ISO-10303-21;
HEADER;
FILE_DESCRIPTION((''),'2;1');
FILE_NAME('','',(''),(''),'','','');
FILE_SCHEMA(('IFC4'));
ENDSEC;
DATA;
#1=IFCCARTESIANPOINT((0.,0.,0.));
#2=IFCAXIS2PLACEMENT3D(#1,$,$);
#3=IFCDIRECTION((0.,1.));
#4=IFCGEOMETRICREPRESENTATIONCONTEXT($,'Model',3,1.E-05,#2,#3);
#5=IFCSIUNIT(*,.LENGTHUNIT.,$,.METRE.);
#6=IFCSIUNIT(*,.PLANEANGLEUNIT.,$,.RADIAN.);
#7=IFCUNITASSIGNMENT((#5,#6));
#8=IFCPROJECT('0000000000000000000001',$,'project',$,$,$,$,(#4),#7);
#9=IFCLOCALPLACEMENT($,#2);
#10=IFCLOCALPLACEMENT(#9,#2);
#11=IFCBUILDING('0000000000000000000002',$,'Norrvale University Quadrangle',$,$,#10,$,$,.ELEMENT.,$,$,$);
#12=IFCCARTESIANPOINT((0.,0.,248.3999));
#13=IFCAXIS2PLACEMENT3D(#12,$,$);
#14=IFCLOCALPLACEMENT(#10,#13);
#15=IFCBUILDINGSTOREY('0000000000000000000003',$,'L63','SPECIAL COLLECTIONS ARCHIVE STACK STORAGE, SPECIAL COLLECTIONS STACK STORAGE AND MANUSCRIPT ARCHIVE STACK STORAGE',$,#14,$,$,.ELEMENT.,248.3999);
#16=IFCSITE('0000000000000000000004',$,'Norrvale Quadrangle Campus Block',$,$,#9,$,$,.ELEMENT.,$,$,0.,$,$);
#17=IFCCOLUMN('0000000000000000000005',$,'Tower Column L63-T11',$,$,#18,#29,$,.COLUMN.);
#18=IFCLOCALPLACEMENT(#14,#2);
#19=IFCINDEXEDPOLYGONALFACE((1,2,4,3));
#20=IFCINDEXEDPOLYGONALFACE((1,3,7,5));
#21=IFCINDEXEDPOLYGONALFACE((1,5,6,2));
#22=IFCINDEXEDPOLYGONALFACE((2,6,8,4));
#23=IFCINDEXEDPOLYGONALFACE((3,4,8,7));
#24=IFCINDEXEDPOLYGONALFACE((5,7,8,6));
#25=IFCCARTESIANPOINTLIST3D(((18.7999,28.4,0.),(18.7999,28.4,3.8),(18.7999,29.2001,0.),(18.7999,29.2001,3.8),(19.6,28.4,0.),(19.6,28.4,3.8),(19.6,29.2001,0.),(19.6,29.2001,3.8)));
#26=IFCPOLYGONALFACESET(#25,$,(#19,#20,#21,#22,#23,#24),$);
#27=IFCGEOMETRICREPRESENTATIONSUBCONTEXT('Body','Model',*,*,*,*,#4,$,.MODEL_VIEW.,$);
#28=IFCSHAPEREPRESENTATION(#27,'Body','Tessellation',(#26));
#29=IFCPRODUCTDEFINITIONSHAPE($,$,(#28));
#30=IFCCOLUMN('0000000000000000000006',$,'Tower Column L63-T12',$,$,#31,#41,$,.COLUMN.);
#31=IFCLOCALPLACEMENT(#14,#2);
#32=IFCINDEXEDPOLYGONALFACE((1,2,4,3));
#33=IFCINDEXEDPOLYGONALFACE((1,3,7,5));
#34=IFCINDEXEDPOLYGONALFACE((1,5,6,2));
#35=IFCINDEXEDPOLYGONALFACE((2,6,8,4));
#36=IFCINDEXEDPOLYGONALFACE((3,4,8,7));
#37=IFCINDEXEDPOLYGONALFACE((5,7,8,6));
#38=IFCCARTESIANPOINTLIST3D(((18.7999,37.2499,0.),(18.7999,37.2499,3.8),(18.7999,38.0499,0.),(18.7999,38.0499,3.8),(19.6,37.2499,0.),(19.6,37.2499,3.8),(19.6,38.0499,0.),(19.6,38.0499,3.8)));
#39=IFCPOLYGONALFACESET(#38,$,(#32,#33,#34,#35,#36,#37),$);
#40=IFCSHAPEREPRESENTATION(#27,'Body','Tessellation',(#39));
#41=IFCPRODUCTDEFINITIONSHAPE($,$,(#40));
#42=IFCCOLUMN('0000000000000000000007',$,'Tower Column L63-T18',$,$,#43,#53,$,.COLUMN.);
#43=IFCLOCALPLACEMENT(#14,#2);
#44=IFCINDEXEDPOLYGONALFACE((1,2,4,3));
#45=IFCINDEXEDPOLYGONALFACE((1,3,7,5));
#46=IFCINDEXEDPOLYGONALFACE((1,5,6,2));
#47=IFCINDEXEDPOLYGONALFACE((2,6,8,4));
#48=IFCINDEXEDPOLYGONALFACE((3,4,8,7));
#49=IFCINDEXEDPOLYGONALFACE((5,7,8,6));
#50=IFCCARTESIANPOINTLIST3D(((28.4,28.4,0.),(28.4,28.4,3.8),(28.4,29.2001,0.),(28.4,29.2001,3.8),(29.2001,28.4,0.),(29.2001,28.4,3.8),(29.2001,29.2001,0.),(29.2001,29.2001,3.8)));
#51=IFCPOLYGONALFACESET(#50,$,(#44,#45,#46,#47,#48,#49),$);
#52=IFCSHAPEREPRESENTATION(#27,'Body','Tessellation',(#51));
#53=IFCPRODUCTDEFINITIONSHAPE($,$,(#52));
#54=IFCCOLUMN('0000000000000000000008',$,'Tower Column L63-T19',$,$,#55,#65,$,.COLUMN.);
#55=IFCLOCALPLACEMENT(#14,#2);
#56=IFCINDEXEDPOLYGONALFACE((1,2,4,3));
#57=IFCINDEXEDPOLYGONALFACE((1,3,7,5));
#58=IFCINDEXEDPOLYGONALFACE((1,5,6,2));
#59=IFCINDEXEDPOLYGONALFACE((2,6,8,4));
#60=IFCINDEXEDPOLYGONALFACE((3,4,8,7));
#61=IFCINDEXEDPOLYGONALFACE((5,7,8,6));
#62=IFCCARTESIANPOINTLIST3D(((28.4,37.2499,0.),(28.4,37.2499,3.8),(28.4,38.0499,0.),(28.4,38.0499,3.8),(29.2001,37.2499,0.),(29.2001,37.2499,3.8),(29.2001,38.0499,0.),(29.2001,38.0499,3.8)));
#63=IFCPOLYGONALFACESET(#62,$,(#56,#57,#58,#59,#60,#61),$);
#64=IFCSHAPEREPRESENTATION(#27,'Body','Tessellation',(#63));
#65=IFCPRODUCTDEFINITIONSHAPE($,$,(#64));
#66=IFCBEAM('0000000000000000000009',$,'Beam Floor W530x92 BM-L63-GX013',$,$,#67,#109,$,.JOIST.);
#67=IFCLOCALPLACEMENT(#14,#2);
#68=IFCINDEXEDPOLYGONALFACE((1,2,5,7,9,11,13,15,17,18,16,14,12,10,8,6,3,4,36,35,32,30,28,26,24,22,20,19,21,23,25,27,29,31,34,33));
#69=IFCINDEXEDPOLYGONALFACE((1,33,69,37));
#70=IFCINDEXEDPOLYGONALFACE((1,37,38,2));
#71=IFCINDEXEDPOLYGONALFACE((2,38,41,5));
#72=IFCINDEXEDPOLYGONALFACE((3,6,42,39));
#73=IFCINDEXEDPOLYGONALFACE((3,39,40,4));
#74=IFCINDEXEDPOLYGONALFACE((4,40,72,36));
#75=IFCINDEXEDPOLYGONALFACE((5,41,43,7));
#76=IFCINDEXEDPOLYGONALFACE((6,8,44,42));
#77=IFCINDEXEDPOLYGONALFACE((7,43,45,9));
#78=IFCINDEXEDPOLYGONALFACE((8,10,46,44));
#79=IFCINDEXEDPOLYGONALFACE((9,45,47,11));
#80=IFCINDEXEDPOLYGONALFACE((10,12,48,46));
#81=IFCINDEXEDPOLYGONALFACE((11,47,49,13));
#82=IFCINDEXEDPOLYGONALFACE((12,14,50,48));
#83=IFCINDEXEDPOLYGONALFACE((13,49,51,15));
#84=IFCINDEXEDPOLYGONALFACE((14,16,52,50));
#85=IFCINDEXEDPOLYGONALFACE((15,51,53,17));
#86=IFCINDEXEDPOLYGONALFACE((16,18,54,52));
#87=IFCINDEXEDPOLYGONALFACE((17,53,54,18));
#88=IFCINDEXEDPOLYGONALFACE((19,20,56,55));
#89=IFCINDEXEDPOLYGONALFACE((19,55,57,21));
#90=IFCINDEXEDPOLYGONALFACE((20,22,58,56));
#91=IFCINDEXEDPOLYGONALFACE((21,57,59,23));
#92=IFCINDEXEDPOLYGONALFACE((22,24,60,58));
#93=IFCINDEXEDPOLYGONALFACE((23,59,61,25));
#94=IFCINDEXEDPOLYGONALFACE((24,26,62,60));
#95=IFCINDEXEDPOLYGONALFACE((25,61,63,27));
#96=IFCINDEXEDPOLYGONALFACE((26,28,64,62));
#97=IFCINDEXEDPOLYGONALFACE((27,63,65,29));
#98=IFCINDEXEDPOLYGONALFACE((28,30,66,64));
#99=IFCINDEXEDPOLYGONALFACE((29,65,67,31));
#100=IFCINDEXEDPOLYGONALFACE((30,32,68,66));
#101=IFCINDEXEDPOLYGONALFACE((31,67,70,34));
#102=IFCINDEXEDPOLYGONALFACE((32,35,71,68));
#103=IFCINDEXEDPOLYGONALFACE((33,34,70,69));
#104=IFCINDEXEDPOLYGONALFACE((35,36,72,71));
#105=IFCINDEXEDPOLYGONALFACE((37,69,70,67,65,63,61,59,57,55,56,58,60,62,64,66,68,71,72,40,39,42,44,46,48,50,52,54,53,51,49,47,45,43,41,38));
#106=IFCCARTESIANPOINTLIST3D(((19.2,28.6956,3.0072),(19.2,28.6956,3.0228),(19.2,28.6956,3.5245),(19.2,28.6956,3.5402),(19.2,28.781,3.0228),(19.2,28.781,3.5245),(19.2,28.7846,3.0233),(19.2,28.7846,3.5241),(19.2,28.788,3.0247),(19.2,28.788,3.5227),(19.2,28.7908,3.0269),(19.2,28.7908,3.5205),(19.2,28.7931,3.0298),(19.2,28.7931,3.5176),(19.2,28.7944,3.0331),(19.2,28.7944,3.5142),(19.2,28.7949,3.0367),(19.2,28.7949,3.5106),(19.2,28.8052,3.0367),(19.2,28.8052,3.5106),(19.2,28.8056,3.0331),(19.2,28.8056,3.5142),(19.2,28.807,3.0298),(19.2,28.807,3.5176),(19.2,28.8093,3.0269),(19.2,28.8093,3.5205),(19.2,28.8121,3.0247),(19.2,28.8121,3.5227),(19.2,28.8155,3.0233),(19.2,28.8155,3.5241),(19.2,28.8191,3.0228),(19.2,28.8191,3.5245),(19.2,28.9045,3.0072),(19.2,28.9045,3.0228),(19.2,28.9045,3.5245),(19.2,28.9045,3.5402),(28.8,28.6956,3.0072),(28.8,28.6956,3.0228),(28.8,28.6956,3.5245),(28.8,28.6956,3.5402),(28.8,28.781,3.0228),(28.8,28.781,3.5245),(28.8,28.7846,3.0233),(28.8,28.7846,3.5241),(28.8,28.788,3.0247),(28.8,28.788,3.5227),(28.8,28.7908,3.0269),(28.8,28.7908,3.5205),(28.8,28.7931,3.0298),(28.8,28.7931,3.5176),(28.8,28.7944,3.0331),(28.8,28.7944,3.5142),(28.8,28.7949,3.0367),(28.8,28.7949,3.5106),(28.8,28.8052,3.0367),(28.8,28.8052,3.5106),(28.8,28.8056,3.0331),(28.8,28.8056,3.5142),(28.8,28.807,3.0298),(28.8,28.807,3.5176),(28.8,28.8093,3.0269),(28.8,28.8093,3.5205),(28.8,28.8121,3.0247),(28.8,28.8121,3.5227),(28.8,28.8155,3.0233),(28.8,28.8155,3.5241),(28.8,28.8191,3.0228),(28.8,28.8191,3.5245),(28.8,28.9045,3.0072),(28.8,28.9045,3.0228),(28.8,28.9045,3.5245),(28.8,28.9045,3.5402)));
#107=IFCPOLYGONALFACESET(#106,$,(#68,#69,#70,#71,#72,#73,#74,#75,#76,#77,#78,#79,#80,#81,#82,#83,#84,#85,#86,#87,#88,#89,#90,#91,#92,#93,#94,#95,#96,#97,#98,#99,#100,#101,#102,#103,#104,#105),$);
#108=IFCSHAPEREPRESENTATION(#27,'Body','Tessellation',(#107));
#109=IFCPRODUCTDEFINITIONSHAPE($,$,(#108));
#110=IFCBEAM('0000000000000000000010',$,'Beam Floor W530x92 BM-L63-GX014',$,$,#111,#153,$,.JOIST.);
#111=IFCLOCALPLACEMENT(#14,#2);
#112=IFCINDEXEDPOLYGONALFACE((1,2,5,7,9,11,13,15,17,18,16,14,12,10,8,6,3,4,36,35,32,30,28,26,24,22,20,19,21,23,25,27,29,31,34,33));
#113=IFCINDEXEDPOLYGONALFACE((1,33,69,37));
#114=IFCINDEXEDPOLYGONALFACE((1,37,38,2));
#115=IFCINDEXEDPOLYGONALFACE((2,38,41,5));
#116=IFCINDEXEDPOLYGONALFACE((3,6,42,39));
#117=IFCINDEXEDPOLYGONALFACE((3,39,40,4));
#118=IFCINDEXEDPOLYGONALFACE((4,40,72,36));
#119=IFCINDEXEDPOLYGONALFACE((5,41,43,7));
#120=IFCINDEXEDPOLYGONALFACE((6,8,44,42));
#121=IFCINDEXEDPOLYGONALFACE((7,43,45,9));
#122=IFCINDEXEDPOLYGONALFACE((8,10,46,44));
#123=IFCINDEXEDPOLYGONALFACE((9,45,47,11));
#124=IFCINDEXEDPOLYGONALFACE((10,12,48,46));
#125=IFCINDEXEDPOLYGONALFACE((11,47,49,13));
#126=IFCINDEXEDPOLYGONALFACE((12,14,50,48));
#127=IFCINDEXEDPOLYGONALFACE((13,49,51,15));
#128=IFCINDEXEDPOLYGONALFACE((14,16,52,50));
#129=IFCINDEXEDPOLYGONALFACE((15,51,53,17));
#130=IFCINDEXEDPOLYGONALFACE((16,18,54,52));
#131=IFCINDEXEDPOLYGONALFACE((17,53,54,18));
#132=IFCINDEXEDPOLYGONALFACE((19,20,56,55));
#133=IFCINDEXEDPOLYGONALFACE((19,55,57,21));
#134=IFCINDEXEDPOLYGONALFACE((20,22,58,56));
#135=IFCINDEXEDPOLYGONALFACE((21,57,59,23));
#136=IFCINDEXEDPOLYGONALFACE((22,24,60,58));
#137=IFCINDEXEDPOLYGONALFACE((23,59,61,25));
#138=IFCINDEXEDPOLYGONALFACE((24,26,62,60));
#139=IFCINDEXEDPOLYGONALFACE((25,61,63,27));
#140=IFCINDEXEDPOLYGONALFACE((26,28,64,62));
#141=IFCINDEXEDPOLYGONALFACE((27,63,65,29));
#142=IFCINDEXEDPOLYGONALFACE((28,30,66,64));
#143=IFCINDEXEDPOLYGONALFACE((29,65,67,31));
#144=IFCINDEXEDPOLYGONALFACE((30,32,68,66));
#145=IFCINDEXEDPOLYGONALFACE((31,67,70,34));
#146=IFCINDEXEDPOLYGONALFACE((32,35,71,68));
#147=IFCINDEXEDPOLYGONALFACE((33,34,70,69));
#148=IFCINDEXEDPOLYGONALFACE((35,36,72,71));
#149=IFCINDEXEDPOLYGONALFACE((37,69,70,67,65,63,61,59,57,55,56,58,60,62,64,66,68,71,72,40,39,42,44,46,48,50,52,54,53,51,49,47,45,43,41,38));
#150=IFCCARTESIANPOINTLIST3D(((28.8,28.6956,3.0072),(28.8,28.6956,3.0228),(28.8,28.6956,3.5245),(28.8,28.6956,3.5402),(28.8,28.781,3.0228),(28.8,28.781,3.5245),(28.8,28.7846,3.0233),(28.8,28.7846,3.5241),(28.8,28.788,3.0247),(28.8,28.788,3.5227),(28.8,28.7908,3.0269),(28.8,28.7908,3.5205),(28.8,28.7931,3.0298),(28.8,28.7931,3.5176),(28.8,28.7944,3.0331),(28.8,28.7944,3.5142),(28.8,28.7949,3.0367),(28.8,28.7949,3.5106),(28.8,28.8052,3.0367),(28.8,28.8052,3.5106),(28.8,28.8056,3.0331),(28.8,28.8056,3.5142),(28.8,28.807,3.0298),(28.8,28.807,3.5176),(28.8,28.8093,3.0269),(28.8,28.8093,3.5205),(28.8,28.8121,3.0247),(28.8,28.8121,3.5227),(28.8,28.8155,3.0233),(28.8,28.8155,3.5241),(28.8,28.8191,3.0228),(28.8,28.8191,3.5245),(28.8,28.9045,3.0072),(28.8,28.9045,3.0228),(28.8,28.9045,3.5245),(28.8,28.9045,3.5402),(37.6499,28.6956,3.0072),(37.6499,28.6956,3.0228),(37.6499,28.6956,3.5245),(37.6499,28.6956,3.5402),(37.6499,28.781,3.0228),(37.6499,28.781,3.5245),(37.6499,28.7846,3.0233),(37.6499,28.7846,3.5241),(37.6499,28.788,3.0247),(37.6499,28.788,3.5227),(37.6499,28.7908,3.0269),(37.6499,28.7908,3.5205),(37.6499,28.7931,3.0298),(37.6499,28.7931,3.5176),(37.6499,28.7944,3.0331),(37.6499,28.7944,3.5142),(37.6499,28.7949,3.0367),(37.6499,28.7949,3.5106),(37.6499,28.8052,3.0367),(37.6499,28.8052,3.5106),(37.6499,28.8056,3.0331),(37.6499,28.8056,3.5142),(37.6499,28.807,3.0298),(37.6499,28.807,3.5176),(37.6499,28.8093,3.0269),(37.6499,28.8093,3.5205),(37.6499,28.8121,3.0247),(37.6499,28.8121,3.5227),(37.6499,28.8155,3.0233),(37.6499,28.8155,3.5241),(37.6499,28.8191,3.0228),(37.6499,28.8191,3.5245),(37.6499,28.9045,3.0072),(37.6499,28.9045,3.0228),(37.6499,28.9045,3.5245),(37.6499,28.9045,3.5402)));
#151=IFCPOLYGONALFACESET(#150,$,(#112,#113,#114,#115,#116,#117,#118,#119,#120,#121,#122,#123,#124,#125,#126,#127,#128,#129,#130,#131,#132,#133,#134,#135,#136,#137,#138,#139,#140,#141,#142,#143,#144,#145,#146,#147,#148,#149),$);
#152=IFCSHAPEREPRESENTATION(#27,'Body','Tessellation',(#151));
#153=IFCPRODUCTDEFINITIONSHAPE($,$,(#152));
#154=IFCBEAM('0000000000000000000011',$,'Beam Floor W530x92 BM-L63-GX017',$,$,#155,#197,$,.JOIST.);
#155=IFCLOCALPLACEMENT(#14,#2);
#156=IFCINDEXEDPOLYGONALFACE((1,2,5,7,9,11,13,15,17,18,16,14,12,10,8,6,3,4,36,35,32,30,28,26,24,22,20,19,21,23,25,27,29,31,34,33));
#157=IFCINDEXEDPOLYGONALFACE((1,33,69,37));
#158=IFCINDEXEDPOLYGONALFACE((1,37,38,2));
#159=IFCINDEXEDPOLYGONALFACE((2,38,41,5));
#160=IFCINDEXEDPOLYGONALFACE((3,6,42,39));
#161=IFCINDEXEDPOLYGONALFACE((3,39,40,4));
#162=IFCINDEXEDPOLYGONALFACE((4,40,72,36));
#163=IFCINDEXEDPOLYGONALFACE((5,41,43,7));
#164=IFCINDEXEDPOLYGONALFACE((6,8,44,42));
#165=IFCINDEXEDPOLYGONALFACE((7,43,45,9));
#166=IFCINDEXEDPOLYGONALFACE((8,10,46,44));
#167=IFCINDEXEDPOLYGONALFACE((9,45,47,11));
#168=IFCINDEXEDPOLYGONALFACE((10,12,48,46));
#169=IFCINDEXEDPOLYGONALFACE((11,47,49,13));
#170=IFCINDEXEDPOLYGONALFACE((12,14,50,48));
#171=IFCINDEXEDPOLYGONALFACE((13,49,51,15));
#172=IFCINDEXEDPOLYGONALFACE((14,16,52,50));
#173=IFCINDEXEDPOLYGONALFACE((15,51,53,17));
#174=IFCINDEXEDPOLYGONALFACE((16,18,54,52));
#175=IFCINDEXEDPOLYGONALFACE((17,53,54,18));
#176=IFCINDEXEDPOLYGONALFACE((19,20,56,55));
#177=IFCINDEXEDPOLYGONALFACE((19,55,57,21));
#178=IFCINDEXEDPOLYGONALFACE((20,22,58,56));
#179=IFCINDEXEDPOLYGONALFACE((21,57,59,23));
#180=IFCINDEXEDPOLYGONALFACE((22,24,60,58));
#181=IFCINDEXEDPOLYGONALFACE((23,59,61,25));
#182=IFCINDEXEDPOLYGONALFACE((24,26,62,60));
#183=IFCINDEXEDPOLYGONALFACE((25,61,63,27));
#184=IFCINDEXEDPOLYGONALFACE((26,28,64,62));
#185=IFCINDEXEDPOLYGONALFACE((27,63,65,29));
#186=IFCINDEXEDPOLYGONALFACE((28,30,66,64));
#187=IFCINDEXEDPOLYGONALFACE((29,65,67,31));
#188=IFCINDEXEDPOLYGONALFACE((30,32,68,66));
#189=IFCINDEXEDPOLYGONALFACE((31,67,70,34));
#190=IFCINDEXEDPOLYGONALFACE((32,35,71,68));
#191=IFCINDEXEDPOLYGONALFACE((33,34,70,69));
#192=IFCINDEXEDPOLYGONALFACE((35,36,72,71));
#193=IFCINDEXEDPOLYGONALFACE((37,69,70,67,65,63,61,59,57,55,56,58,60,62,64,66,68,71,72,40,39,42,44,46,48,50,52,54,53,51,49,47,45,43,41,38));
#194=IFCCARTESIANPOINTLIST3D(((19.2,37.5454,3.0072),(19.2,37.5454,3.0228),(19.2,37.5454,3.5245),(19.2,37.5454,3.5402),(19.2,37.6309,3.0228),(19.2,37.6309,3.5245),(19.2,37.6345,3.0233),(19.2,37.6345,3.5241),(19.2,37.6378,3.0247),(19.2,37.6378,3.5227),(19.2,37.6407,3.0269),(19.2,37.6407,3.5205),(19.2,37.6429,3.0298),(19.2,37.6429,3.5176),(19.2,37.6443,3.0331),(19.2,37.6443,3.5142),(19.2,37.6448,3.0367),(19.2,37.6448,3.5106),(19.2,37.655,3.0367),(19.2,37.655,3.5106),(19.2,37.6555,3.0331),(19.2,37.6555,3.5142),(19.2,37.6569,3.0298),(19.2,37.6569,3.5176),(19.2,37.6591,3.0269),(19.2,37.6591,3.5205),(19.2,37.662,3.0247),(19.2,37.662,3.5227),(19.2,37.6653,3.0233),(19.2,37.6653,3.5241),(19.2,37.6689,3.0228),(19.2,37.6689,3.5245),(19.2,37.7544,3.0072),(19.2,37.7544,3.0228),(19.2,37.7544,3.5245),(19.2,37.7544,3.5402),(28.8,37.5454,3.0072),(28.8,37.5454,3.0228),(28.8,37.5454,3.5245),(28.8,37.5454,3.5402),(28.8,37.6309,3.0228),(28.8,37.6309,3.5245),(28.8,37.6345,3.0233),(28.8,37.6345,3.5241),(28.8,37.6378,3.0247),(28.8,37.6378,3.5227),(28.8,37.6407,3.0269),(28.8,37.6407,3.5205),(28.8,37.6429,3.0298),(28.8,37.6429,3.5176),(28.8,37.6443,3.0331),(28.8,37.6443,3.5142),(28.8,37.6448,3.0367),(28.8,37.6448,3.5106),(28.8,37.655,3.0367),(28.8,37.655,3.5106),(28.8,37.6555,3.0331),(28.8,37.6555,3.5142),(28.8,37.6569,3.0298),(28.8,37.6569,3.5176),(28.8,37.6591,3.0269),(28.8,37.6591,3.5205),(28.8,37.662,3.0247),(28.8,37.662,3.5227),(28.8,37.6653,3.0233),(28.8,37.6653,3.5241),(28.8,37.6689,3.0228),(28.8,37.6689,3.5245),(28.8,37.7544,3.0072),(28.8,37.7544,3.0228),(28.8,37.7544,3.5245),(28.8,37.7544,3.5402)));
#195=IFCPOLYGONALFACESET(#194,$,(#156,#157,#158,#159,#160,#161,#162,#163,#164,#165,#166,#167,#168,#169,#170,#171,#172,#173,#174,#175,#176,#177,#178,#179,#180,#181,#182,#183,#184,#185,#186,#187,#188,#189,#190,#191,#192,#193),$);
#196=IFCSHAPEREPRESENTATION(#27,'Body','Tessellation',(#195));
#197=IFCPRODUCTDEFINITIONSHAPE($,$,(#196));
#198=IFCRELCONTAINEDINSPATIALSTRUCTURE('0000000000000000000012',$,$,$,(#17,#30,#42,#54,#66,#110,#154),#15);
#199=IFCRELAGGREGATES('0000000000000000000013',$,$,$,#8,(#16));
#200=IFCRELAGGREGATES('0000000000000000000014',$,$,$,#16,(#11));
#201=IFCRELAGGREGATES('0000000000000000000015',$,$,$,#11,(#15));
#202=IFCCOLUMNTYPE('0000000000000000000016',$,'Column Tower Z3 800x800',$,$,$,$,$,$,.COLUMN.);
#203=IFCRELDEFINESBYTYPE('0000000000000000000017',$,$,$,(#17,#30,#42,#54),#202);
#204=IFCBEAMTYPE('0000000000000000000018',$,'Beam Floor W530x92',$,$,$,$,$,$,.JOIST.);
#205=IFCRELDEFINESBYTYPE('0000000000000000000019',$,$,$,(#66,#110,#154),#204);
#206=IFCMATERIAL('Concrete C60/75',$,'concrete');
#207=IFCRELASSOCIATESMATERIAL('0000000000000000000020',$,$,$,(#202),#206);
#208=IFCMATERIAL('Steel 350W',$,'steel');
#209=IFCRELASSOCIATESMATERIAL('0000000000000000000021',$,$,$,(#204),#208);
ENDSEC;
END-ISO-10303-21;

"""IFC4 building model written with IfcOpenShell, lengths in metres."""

from ifc_helpers import new_model, si_unit, direction, frame, origin, origin_2d, place, context, subcontext, project, spatial, rectangle, i_section, extrude, material, material_profile, profile_set, type_object, element, save


model = new_model("IFC4")

# Units and contexts
model_context = context("Model", 3, precision=1e-05, world=origin(), true_north=direction((0.0, 1.0)))
body_context = subcontext(model_context, "Body", "Model", "MODEL_VIEW")
ifc_project = project(units=[si_unit("LENGTHUNIT", "METRE"), si_unit("PLANEANGLEUNIT", "RADIAN")], contexts=[model_context])

# Site, building, storey
site_placement = place(None, origin())
site = spatial("IfcSite", under=ifc_project, at=site_placement, Name="Norrvale Quadrangle Campus Block", CompositionType="ELEMENT", RefElevation=0.0)
building_placement = place(site_placement, origin())
building = spatial("IfcBuilding", under=site, at=building_placement, Name="Norrvale University Quadrangle", CompositionType="ELEMENT")
storey_placement = place(building_placement, frame((0.0, 0.0, 248.3999)))
storey = spatial("IfcBuildingStorey", under=building, at=storey_placement, Name="L63", Description="SPECIAL COLLECTIONS ARCHIVE STACK STORAGE, SPECIAL COLLECTIONS STACK STORAGE AND MANUSCRIPT ARCHIVE STACK STORAGE", CompositionType="ELEMENT", Elevation=248.3999)

# Columns
ifc_material_1 = material(Name="Concrete C60/75", Category="concrete")
ifc_material_profile_1 = material_profile(ifc_material_1, rectangle(XDim=0.8, YDim=0.8, at=origin_2d()), Name="Concrete C60/75")
ifc_profile_set_1 = profile_set([ifc_material_profile_1], Name="Concrete C60/75")
column_type = type_object("IfcColumnType", Name="Column Tower Z3 800x800", PredefinedType="COLUMN", material=ifc_profile_set_1)
for number, where, z_axis, x_axis, name in (
    (1, (19.2, 28.8, 0.0), (0.0, 0.0, 1.0), (1.0, 0.0, 0.0), "Tower Column L63-T11"),
    (2, (19.2, 37.6499, 0.0), (0.0, 0.0, 1.0), (1.0, 0.0, 0.0), "Tower Column L63-T12"),
    (3, (28.8, 28.8, 0.0), (0.0, 0.0, 1.0), (1.0, 0.0, 0.0), "Tower Column L63-T18"),
    (4, (28.8, 37.6499, 0.0), (0.0, 0.0, 1.0), (1.0, 0.0, 0.0), "Tower Column L63-T19"),
):
    element("IfcColumn", number, at=place(storey_placement, frame(where, z_axis=z_axis, x_axis=x_axis)), inside=storey, type_object=column_type, Name=name, PredefinedType="COLUMN", context=body_context, shape_type="SweptSolid", body=[
        extrude(rectangle(XDim=0.8, YDim=0.8, at=origin_2d()), origin(), (0.0, 0.0, 1.0), 3.8),
    ])

# Beams
ifc_material_2 = material(Name="Steel 350W", Category="steel")
ifc_material_profile_2 = material_profile(ifc_material_2, i_section(OverallWidth=0.209, OverallDepth=0.533, WebThickness=0.0103, FlangeThickness=0.0156, FilletRadius=0.0139, at=origin_2d()), Name="Steel 350W")
ifc_profile_set_2 = profile_set([ifc_material_profile_2], Name="Steel 350W")
beam_type_1 = type_object("IfcBeamType", Name="Beam Floor W530x92", PredefinedType="JOIST", material=ifc_profile_set_2)
beam_1_placement = place(storey_placement, frame((19.2, 28.8, 3.2737), z_axis=(1.0, 0.0, 0.0), x_axis=(0.0, 1.0, 0.0)))
element("IfcBeam", 5, at=beam_1_placement, inside=storey, type_object=beam_type_1, Name="Beam Floor W530x92 BM-L63-GX013", PredefinedType="JOIST", context=body_context, shape_type="SweptSolid", body=[
    extrude(i_section(OverallWidth=0.209, OverallDepth=0.533, WebThickness=0.0103, FlangeThickness=0.0156, FilletRadius=0.0139, at=origin_2d()), origin(), (0.0, 0.0, 1.0), 9.6001),
])
beam_2_placement = place(storey_placement, frame((28.8, 28.8, 3.2737), z_axis=(1.0, 0.0, 0.0), x_axis=(0.0, 1.0, 0.0)))
element("IfcBeam", 6, at=beam_2_placement, inside=storey, type_object=beam_type_1, Name="Beam Floor W530x92 BM-L63-GX014", PredefinedType="JOIST", context=body_context, shape_type="SweptSolid", body=[
    extrude(i_section(OverallWidth=0.209, OverallDepth=0.533, WebThickness=0.0103, FlangeThickness=0.0156, FilletRadius=0.0139, at=origin_2d()), origin(), (0.0, 0.0, 1.0), 8.8499),
])
beam_3_placement = place(storey_placement, frame((19.2, 37.6499, 3.2737), z_axis=(1.0, 0.0, 0.0), x_axis=(0.0, 1.0, 0.0)))
element("IfcBeam", 7, at=beam_3_placement, inside=storey, type_object=beam_type_1, Name="Beam Floor W530x92 BM-L63-GX017", PredefinedType="JOIST", context=body_context, shape_type="SweptSolid", body=[
    extrude(i_section(OverallWidth=0.209, OverallDepth=0.533, WebThickness=0.0103, FlangeThickness=0.0156, FilletRadius=0.0139, at=origin_2d()), origin(), (0.0, 0.0, 1.0), 9.6001),
])

save(model, "model.ifc")
